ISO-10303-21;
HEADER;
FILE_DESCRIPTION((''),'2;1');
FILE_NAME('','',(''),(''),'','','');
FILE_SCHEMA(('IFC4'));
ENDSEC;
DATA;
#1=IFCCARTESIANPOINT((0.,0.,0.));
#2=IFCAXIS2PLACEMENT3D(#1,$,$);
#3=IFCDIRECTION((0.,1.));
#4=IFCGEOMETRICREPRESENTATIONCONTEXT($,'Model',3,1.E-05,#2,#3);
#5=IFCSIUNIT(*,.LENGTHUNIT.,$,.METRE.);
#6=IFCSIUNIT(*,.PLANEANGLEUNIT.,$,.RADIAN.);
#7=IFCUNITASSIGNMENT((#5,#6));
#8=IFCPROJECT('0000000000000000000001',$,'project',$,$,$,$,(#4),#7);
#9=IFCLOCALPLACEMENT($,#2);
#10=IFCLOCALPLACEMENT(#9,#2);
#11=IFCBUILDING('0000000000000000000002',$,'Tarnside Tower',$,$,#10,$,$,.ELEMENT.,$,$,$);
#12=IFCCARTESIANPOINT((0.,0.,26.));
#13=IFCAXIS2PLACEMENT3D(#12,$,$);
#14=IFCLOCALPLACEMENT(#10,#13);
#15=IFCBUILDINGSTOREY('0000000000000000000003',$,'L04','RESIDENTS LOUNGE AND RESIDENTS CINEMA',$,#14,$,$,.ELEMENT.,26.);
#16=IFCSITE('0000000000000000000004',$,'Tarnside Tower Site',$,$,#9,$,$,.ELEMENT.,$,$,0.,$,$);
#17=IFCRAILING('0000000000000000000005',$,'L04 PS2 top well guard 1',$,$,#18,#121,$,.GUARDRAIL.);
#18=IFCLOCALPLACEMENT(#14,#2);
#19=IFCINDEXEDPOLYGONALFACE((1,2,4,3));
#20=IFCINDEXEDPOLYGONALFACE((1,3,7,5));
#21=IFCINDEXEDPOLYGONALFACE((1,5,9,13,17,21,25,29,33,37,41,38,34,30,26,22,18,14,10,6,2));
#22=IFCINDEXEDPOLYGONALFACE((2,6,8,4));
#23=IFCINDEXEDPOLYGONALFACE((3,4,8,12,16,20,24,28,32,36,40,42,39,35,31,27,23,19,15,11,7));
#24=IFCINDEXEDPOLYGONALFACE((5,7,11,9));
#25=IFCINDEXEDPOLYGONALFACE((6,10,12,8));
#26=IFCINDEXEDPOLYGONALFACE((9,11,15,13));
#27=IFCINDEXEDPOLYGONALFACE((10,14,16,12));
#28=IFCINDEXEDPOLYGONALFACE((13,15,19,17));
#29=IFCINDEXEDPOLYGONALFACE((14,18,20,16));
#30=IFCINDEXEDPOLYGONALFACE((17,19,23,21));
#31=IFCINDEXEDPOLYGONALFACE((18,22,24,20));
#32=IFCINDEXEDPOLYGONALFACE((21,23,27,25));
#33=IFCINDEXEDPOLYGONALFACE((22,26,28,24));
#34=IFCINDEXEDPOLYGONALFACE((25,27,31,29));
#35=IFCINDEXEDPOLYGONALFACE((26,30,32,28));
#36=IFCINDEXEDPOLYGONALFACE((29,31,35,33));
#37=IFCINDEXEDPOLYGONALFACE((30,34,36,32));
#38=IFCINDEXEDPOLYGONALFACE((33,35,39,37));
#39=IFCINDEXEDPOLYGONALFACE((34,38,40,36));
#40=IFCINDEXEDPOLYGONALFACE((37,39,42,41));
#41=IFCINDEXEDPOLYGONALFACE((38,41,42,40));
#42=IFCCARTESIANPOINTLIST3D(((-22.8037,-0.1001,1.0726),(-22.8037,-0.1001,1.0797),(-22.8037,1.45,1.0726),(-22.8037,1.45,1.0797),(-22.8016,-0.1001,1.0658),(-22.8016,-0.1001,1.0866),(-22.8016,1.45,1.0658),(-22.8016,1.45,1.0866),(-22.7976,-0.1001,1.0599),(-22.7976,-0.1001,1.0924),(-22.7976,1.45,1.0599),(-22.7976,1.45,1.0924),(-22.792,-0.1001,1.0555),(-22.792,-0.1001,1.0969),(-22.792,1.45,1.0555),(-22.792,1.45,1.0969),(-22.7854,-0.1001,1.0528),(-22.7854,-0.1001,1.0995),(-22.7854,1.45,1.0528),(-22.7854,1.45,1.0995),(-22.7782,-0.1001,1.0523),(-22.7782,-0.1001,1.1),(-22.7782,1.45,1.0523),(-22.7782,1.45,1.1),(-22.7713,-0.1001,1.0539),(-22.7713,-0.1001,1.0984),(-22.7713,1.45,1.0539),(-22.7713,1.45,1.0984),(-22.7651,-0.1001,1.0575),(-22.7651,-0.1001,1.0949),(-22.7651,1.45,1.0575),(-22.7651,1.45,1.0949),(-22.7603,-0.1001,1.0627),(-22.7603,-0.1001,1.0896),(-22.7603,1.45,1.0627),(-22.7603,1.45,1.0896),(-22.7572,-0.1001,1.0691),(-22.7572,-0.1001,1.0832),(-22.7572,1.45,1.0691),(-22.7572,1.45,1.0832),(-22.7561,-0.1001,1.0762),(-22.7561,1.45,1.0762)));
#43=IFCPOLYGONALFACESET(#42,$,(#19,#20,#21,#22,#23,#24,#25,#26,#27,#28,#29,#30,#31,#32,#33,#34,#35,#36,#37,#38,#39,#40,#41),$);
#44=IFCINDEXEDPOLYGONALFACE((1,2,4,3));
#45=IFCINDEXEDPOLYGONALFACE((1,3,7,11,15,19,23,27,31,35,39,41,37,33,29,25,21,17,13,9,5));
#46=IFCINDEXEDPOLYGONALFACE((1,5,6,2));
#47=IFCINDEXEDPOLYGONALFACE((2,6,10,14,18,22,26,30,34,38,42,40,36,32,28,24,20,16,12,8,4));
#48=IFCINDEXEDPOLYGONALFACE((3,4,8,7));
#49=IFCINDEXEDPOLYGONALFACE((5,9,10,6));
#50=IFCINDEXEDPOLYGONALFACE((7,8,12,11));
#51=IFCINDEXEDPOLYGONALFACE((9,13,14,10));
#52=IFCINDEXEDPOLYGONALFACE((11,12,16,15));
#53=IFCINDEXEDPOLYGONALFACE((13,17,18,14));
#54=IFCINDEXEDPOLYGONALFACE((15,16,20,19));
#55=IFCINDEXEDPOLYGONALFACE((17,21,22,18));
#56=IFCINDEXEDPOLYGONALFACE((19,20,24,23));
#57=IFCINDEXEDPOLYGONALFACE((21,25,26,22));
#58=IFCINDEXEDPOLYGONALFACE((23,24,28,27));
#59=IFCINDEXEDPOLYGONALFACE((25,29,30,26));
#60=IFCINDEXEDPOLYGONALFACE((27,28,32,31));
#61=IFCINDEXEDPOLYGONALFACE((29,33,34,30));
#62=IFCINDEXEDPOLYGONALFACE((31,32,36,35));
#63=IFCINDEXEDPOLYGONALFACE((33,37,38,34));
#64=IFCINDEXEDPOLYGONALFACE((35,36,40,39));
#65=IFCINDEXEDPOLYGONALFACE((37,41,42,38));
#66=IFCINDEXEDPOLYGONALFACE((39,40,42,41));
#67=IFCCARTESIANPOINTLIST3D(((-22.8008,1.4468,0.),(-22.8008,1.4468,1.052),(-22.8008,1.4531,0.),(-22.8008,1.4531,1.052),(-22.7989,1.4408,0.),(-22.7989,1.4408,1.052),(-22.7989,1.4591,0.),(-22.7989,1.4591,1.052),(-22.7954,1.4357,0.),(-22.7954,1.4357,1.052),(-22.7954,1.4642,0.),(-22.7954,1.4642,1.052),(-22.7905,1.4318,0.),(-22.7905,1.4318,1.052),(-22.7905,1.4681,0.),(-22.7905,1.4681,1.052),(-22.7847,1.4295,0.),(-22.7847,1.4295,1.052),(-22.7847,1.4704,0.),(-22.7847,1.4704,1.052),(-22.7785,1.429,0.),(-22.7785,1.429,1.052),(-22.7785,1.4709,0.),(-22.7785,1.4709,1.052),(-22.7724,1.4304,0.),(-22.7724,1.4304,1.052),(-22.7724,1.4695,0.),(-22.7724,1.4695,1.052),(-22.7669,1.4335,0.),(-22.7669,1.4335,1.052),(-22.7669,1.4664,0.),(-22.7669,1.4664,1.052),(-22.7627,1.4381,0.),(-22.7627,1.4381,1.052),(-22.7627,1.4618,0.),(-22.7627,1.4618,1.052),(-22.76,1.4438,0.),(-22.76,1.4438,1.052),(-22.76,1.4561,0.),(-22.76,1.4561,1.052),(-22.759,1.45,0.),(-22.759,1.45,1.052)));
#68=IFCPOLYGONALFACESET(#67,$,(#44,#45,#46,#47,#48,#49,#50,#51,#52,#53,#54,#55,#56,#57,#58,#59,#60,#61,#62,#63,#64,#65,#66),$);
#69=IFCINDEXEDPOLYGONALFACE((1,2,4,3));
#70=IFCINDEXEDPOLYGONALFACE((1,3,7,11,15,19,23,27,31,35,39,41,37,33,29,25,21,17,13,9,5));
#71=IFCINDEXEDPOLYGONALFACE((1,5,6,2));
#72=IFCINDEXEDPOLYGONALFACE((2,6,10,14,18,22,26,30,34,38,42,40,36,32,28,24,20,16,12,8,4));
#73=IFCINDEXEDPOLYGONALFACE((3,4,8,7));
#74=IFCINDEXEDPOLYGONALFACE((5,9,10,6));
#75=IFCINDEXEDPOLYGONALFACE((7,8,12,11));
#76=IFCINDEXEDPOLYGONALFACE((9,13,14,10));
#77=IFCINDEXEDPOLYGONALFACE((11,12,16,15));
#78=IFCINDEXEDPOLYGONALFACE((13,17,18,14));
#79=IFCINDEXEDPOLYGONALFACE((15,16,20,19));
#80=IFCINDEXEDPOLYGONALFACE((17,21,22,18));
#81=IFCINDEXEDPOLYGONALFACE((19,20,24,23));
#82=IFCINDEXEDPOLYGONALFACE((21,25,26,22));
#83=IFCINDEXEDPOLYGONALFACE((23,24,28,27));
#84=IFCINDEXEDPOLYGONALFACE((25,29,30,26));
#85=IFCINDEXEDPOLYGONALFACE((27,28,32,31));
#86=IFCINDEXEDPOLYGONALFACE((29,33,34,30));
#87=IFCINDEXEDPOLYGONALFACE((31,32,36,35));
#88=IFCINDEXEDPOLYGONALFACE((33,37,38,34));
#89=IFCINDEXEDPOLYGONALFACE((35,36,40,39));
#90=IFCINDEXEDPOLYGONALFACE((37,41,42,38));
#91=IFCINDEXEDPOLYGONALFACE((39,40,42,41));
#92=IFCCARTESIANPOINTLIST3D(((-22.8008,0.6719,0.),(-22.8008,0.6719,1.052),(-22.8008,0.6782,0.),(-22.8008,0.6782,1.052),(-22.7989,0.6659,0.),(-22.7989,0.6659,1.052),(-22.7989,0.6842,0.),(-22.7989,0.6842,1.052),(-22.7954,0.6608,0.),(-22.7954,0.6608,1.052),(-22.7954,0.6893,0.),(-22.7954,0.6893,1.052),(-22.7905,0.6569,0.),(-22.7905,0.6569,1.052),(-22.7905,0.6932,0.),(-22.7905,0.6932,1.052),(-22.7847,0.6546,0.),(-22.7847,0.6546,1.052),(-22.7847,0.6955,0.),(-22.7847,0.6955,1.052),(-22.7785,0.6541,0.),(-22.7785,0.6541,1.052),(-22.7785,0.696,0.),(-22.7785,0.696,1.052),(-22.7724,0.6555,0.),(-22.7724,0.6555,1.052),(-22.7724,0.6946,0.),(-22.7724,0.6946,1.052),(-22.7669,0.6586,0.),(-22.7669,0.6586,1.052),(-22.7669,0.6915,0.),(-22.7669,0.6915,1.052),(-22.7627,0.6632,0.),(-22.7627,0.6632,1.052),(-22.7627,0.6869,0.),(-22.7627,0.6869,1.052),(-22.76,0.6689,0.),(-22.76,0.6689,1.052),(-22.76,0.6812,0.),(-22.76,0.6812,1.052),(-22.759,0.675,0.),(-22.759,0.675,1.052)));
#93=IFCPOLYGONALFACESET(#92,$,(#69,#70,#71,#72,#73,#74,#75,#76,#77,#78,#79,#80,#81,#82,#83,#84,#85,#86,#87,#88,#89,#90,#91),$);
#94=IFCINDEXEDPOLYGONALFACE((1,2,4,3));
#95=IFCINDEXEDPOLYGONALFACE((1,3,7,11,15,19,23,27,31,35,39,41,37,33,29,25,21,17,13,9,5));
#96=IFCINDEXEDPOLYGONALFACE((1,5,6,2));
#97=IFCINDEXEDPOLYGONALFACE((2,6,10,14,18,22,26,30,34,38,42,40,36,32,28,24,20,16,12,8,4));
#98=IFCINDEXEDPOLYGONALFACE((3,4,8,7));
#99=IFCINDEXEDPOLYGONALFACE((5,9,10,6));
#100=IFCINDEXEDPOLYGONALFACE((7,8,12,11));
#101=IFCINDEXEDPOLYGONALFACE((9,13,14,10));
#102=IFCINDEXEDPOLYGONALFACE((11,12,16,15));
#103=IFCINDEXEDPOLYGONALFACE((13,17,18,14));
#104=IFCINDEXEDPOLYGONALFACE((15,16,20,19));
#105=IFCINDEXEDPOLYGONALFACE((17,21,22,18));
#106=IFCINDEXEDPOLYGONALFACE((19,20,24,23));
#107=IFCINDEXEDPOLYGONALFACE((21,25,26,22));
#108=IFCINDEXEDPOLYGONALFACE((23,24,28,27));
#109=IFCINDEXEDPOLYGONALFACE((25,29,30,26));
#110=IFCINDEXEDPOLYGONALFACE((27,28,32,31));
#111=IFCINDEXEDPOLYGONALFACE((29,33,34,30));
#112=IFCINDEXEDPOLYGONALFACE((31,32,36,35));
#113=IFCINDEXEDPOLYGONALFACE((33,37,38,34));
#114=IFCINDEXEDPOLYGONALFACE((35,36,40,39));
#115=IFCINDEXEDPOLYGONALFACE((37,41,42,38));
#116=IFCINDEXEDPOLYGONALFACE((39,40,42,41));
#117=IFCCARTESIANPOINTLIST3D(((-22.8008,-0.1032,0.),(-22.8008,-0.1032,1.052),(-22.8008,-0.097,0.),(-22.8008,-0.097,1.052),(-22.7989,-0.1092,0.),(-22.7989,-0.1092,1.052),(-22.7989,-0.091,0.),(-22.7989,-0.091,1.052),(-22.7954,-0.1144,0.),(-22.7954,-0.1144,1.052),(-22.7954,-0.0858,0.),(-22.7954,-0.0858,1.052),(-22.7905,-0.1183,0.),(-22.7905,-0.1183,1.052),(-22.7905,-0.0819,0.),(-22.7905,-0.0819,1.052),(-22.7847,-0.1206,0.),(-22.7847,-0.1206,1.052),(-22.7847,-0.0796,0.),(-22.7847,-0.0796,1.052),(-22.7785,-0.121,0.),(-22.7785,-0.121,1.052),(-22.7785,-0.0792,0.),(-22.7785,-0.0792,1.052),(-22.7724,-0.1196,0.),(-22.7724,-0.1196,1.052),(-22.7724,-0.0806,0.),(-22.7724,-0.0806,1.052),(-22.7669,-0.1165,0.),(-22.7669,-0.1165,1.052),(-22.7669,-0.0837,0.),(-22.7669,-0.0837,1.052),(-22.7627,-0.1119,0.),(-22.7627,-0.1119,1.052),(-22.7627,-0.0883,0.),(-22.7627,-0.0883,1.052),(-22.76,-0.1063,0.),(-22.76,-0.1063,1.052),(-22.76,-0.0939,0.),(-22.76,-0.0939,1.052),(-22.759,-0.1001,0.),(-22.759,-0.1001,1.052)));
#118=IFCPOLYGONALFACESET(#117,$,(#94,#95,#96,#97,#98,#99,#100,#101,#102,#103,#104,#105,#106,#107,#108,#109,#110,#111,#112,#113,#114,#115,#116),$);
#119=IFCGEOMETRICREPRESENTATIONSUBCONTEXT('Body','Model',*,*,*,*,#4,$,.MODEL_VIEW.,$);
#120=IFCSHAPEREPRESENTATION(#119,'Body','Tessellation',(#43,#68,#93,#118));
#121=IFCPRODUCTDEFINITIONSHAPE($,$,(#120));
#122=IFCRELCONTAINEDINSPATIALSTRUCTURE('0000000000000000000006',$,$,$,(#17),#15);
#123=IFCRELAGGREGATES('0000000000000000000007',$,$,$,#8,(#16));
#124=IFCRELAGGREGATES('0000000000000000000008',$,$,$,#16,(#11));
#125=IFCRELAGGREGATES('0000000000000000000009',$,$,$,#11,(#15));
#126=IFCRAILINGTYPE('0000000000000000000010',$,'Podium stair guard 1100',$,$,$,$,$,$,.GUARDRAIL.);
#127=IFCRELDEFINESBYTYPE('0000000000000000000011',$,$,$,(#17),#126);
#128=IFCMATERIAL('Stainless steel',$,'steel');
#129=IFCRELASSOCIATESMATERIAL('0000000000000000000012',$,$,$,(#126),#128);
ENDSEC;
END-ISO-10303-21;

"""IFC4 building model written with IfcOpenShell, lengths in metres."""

from ifc_helpers import new_model, si_unit, direction, frame, origin, origin_2d, place, context, subcontext, project, spatial, circle, extrude, material, type_object, element, save


model = new_model("IFC4")

# Units and contexts
model_context = context("Model", 3, precision=1e-05, world=origin(), true_north=direction((0.0, 1.0)))
body_context = subcontext(model_context, "Body", "Model", "MODEL_VIEW")
ifc_project = project(units=[si_unit("LENGTHUNIT", "METRE"), si_unit("PLANEANGLEUNIT", "RADIAN")], contexts=[model_context])

# Site, building, storey
site_placement = place(None, origin())
site = spatial("IfcSite", under=ifc_project, at=site_placement, Name="Tarnside Tower Site", CompositionType="ELEMENT", RefElevation=0.0)
building_placement = place(site_placement, origin())
building = spatial("IfcBuilding", under=site, at=building_placement, Name="Tarnside Tower", CompositionType="ELEMENT")
storey_placement = place(building_placement, frame((0.0, 0.0, 26.0)))
storey = spatial("IfcBuildingStorey", under=building, at=storey_placement, Name="L04", Description="RESIDENTS LOUNGE AND RESIDENTS CINEMA", CompositionType="ELEMENT", Elevation=26.0)

# Railing
ifc_material_1 = material(Name="Stainless steel", Category="steel")
railing_type = type_object("IfcRailingType", Name="Podium stair guard 1100", PredefinedType="GUARDRAIL", material=ifc_material_1)
railing_placement = place(storey_placement, frame((-22.78, 1.45, 0.0)))
element("IfcRailing", 1, at=railing_placement, inside=storey, type_object=railing_type, Name="L04 PS2 top well guard 1", PredefinedType="GUARDRAIL", context=body_context, shape_type="SweptSolid", body=[
    extrude(circle(Radius=0.0239, at=origin_2d()), frame((0.0, 0.0, 1.0762), z_axis=(0.0, -1.0, 0.0), x_axis=(1.0, 0.0, 0.0)), (0.0, 0.0, 1.0), 1.55),
    extrude(circle(Radius=0.021, at=origin_2d()), origin(), (0.0, 0.0, 1.0), 1.052),
    extrude(circle(Radius=0.021, at=origin_2d()), frame((0.0, -0.7749, 0.0)), (0.0, 0.0, 1.0), 1.052),
    extrude(circle(Radius=0.021, at=origin_2d()), frame((0.0, -1.55, 0.0)), (0.0, 0.0, 1.0), 1.052),
])

save(model, "model.ifc")
